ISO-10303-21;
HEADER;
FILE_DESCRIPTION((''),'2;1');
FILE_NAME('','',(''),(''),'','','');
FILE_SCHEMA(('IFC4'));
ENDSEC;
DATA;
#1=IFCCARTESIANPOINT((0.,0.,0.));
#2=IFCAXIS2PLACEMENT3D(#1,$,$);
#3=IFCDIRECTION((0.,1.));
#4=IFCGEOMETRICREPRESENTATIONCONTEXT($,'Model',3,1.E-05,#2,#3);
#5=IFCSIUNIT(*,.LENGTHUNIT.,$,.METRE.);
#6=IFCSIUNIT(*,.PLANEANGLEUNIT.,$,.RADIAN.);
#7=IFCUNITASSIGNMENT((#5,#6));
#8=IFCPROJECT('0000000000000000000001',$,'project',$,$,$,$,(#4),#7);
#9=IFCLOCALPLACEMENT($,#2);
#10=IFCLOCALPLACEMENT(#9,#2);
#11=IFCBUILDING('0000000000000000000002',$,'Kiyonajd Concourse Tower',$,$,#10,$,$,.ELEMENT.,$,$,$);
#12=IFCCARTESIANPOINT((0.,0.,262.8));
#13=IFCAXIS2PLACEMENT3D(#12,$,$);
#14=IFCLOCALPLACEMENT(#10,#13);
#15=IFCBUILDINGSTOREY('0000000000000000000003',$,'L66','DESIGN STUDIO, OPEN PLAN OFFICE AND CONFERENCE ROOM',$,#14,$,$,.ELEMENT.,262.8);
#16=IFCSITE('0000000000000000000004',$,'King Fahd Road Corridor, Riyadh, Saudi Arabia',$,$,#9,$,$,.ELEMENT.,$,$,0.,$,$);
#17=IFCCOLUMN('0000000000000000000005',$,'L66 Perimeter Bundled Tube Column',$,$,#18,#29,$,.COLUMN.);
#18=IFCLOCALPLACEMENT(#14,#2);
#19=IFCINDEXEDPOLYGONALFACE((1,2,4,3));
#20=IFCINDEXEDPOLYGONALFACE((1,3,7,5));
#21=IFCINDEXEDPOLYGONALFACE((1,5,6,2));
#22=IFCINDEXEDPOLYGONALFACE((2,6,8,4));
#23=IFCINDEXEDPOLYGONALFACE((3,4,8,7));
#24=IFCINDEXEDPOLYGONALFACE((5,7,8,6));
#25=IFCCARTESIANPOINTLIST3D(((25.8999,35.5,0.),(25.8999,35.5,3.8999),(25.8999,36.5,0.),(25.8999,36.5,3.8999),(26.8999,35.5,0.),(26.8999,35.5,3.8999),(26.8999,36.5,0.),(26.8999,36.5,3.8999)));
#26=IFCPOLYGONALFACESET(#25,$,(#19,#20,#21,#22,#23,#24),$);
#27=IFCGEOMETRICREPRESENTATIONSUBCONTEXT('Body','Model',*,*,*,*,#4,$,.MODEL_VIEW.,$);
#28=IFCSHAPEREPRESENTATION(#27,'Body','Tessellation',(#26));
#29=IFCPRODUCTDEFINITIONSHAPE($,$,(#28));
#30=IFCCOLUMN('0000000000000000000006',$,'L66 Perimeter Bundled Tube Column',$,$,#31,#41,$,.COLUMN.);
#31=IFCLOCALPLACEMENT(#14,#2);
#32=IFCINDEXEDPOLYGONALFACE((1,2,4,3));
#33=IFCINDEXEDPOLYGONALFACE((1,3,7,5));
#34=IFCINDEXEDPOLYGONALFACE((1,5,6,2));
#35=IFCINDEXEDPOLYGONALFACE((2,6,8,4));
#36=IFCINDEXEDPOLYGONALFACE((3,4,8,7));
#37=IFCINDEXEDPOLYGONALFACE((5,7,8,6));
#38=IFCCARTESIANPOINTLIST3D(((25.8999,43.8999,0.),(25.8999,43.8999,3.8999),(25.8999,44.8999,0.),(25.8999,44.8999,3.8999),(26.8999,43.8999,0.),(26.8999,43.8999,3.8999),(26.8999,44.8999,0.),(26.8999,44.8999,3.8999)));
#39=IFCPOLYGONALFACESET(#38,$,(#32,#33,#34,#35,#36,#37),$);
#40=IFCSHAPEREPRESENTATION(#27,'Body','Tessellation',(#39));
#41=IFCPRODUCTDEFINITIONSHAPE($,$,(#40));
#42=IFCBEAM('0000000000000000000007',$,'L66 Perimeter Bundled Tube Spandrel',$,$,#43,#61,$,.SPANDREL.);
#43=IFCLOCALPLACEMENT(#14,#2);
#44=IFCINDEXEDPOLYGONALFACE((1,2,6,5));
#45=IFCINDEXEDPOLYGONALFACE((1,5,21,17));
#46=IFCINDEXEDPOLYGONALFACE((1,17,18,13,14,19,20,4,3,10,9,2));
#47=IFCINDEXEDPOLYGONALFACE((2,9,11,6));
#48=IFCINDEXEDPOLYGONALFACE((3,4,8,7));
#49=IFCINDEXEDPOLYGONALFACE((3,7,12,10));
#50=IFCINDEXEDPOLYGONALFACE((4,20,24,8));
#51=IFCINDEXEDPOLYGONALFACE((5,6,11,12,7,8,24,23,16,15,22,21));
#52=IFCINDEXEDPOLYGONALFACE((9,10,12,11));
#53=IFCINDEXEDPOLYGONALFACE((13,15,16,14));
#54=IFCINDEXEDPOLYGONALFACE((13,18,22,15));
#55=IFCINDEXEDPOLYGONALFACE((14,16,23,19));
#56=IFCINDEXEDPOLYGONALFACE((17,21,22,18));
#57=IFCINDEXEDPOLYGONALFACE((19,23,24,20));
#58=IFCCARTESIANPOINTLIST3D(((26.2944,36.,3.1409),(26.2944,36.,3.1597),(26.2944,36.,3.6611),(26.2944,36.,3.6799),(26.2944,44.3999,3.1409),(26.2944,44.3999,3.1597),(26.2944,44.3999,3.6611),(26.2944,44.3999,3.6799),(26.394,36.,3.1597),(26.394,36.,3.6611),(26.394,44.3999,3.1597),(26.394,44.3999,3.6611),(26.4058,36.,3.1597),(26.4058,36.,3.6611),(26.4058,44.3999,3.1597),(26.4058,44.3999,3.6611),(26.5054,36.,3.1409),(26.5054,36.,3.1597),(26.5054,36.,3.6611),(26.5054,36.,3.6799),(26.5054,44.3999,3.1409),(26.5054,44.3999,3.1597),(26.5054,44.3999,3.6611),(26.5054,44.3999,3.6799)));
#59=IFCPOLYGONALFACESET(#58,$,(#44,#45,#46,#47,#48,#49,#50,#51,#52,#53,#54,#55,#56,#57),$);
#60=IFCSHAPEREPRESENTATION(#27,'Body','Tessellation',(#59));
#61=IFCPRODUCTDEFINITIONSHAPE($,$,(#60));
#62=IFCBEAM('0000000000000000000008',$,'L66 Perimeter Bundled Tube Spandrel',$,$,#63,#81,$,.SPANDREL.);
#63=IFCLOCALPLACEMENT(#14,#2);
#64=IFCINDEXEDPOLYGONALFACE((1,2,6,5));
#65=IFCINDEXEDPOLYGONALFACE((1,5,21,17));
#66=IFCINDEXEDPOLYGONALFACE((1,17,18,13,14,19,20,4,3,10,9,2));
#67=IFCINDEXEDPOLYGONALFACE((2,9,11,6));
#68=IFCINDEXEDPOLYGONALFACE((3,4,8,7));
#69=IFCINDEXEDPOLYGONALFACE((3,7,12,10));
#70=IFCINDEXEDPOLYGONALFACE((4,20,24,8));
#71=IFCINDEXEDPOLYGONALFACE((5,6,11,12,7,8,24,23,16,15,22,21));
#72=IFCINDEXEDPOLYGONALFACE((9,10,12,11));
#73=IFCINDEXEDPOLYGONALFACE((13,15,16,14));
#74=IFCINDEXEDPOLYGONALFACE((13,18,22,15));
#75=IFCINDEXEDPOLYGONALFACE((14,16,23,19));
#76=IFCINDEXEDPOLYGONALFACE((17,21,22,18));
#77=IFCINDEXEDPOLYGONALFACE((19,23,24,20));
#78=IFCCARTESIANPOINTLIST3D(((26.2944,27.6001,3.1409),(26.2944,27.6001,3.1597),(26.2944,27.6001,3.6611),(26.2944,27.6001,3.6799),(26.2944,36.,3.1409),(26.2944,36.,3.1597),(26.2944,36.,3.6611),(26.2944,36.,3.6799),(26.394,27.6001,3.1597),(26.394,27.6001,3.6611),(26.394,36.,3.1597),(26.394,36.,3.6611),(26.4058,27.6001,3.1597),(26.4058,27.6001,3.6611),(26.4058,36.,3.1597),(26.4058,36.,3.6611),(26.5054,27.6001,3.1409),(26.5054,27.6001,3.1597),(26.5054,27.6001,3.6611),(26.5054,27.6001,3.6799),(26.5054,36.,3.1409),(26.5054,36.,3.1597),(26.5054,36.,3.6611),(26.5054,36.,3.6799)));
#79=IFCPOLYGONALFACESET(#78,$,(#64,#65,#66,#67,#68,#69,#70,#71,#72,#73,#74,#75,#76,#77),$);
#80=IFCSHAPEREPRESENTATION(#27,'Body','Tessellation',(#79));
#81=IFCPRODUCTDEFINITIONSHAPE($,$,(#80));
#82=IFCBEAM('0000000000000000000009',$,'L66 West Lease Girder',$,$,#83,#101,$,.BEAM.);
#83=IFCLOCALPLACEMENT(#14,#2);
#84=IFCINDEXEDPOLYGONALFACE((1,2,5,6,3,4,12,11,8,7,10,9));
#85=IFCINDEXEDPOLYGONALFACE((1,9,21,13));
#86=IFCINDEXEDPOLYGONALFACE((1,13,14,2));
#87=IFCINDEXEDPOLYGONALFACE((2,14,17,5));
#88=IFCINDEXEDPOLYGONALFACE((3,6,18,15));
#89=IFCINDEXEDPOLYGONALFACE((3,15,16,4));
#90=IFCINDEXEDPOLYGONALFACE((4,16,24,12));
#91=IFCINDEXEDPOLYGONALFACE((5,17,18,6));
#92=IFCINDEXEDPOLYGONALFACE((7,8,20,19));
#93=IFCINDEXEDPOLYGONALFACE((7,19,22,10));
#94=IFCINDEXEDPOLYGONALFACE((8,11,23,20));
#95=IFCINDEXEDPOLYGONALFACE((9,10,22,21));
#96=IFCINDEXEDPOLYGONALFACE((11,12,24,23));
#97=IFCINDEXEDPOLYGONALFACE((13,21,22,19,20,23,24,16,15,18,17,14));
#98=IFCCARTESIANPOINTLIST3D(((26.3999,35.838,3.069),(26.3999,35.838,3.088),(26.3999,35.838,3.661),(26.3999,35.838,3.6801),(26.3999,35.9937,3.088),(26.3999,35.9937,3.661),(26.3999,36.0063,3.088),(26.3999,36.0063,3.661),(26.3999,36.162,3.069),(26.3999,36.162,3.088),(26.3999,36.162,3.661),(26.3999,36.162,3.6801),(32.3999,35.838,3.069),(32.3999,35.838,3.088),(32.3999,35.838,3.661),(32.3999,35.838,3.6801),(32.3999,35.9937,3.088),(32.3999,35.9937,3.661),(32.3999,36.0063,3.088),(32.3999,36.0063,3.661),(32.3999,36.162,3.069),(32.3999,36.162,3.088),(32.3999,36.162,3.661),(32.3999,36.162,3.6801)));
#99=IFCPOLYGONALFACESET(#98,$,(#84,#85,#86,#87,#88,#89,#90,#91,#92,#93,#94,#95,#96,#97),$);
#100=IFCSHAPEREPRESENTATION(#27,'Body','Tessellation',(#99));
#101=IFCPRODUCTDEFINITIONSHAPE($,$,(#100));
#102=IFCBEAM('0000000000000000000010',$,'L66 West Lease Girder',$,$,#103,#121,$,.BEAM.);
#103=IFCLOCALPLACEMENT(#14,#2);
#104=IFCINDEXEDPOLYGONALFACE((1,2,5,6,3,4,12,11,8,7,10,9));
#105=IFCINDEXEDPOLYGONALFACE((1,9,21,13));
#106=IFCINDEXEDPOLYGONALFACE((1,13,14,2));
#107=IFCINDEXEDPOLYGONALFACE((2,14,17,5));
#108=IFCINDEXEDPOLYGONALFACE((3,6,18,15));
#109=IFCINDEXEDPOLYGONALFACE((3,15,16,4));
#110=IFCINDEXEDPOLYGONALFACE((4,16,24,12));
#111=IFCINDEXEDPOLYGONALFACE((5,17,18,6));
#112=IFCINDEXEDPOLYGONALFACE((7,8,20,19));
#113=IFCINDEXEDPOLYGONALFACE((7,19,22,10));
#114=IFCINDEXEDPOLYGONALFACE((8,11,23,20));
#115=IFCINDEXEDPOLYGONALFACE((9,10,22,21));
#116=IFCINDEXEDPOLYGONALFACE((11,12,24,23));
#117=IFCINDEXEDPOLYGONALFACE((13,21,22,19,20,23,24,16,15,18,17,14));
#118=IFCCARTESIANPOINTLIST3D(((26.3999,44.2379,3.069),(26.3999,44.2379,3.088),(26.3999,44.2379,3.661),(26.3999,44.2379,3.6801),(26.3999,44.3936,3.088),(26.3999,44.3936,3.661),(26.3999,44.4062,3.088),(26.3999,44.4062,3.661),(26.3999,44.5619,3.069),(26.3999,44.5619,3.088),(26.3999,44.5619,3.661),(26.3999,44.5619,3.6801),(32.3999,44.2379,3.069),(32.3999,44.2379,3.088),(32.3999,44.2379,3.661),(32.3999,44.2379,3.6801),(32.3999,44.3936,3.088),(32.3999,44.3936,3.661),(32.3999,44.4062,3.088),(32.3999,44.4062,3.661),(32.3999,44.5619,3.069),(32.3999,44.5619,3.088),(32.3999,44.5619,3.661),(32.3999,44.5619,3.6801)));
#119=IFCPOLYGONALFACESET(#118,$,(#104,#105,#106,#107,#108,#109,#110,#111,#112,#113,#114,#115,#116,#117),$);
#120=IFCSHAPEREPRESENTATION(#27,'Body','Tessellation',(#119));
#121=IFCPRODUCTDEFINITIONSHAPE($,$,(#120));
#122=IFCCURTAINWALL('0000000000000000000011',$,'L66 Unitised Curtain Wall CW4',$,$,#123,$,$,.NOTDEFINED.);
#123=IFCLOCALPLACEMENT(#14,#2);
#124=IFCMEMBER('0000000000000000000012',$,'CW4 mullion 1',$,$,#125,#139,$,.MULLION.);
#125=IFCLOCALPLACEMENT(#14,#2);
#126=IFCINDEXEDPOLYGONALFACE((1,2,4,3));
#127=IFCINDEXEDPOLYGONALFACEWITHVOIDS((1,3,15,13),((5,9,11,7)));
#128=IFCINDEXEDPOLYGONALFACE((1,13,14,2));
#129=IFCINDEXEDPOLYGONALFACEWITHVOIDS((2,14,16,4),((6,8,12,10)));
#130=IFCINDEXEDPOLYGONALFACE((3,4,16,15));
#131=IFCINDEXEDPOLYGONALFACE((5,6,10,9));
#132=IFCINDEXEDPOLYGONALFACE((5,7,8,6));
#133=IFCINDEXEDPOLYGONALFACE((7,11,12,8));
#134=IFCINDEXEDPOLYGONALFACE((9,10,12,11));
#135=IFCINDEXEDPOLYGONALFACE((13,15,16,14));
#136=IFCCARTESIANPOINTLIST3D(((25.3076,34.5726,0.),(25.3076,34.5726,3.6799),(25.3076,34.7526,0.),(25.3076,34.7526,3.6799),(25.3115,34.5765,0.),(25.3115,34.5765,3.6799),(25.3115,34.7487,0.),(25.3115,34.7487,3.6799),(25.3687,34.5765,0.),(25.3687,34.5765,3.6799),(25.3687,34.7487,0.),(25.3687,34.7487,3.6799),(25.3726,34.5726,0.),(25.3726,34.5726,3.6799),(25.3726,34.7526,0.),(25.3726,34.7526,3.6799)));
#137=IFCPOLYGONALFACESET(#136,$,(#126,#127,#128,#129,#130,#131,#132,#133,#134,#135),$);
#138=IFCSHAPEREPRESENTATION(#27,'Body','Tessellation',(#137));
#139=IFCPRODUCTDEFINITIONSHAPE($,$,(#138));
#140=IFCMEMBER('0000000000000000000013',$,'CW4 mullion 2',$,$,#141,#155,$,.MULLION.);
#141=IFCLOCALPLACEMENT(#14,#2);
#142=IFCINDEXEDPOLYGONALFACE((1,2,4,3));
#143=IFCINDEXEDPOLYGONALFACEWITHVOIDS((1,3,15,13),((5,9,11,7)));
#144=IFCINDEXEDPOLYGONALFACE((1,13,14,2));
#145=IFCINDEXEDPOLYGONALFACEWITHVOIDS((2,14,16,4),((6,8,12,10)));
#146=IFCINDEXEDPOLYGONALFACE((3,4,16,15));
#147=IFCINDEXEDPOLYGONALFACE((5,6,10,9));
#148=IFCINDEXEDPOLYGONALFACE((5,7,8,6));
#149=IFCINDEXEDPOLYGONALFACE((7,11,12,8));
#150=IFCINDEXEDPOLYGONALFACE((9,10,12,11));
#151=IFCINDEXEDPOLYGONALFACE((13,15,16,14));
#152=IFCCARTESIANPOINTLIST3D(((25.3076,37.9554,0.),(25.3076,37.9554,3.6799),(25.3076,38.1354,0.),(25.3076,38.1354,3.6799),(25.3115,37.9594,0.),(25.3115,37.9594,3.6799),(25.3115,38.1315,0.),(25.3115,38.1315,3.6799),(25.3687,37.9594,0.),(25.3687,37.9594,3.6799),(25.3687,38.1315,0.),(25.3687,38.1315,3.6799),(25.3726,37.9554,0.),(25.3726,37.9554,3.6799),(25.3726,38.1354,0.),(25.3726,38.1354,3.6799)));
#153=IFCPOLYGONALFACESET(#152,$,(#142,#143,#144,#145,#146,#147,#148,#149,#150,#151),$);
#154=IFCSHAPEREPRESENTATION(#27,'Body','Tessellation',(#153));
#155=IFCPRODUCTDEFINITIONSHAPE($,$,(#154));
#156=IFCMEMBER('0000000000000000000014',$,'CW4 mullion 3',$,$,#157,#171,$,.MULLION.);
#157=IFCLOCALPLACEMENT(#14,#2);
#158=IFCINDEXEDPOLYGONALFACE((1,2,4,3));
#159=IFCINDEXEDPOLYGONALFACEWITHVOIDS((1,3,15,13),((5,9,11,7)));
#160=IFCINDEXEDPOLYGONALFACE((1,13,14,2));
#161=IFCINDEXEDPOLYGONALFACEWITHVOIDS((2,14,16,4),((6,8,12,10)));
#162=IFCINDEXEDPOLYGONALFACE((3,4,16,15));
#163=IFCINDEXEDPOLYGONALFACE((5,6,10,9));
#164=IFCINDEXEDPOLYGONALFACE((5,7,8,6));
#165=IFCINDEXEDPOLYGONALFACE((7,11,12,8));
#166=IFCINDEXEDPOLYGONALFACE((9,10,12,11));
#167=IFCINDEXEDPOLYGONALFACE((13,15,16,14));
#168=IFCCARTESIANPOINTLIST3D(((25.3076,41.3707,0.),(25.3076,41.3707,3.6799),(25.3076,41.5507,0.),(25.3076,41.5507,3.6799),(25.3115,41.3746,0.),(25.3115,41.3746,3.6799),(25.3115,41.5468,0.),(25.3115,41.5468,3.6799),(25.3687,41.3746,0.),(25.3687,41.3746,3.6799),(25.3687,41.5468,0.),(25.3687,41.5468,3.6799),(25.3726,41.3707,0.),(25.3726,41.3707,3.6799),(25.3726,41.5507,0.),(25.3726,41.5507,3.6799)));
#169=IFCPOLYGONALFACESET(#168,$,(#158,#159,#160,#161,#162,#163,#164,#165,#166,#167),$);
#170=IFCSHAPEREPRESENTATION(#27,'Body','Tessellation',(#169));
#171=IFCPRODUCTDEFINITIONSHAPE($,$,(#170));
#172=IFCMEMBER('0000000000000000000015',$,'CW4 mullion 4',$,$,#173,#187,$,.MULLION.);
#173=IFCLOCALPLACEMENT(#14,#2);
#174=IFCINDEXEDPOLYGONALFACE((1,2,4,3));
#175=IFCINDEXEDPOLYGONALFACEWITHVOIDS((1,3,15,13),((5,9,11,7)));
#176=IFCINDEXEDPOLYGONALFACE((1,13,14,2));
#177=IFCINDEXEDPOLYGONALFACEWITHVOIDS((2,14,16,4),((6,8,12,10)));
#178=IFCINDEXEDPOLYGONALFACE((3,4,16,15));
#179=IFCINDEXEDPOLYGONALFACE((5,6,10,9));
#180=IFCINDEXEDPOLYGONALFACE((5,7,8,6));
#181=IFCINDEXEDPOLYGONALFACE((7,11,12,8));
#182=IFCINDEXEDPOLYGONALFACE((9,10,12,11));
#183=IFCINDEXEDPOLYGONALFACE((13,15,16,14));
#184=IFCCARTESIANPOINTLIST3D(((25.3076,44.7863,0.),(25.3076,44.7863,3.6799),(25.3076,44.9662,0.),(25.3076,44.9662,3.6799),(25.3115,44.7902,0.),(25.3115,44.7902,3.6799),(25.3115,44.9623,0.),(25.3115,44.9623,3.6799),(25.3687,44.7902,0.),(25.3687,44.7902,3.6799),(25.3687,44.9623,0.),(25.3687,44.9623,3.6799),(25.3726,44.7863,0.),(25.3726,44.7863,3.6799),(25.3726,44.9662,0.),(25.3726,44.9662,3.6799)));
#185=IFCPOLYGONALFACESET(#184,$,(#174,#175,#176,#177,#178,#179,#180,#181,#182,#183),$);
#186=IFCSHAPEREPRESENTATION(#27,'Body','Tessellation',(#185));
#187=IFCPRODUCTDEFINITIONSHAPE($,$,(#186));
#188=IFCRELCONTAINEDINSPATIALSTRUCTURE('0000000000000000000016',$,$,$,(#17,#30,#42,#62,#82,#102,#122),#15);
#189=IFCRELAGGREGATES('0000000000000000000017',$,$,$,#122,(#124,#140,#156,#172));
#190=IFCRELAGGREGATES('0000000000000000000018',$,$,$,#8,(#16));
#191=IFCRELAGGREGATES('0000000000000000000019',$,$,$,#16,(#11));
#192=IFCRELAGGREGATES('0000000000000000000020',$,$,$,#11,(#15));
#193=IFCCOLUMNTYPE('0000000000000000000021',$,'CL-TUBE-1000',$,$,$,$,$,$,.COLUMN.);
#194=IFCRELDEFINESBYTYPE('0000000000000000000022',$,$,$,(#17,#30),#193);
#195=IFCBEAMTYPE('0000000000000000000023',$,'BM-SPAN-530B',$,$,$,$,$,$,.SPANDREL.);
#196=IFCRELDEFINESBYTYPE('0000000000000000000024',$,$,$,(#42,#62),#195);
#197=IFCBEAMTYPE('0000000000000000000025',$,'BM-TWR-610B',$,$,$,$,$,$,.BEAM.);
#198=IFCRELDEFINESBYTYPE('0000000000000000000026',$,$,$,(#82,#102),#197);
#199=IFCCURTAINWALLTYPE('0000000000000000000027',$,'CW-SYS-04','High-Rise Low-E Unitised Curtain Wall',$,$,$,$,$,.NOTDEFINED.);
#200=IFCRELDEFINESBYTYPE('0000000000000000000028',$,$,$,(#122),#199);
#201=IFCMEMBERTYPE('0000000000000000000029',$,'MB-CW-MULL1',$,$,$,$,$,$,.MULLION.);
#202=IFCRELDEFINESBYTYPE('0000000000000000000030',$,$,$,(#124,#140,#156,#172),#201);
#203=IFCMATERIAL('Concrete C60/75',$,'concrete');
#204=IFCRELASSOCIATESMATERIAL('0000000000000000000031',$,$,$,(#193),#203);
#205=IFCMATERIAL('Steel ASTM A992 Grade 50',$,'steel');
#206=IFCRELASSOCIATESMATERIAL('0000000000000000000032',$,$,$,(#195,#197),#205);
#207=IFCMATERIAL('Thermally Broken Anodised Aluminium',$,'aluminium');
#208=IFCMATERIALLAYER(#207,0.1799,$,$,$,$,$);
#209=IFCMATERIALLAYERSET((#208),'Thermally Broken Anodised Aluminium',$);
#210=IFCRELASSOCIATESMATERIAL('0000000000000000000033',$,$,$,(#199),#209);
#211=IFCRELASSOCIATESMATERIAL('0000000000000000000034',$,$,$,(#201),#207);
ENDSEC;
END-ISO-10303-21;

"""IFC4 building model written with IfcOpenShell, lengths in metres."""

from ifc_helpers import new_model, si_unit, direction, frame, origin, origin_2d, place, context, subcontext, project, spatial, rectangle, hollow_rectangle, i_section, extrude, material, layer, layer_set, material_profile, profile_set, type_object, element, aggregate, save


model = new_model("IFC4")

# Units and contexts
model_context = context("Model", 3, precision=1e-05, world=origin(), true_north=direction((0.0, 1.0)))
body_context = subcontext(model_context, "Body", "Model", "MODEL_VIEW")
ifc_project = project(units=[si_unit("LENGTHUNIT", "METRE"), si_unit("PLANEANGLEUNIT", "RADIAN")], contexts=[model_context])

# Site, building, storey
site_placement = place(None, origin())
site = spatial("IfcSite", under=ifc_project, at=site_placement, Name="King Fahd Road Corridor, Riyadh, Saudi Arabia", CompositionType="ELEMENT", RefElevation=0.0)
building_placement = place(site_placement, origin())
building = spatial("IfcBuilding", under=site, at=building_placement, Name="Kiyonajd Concourse Tower", CompositionType="ELEMENT")
storey_placement = place(building_placement, frame((0.0, 0.0, 262.8)))
storey = spatial("IfcBuildingStorey", under=building, at=storey_placement, Name="L66", Description="DESIGN STUDIO, OPEN PLAN OFFICE AND CONFERENCE ROOM", CompositionType="ELEMENT", Elevation=262.8)

# Columns
ifc_material_1 = material(Name="Concrete C60/75", Category="concrete")
ifc_material_profile_1 = material_profile(ifc_material_1, rectangle(XDim=1.0, YDim=1.0, at=origin_2d()), Name="RC-1000x1000")
ifc_profile_set_1 = profile_set([ifc_material_profile_1], Name="Concrete C60/75")
column_type = type_object("IfcColumnType", Name="CL-TUBE-1000", PredefinedType="COLUMN", material=ifc_profile_set_1)
for number, where, z_axis, x_axis, name in (
    (1, (26.3999, 36.0, 0.0), (0.0, 0.0, 1.0), (1.0, 0.0, 0.0), "L66 Perimeter Bundled Tube Column"),
    (2, (26.3999, 44.3999, 0.0), (0.0, 0.0, 1.0), (1.0, 0.0, 0.0), "L66 Perimeter Bundled Tube Column"),
):
    element("IfcColumn", number, at=place(storey_placement, frame(where, z_axis=z_axis, x_axis=x_axis)), inside=storey, type_object=column_type, Name=name, PredefinedType="COLUMN", context=body_context, shape_type="SweptSolid", body=[
        extrude(rectangle(XDim=1.0, YDim=1.0, at=origin_2d()), origin(), (0.0, 0.0, 1.0), 3.8999),
    ])

# Beams
ifc_material_2 = material(Name="Steel ASTM A992 Grade 50", Category="steel")
ifc_material_profile_2 = material_profile(ifc_material_2, i_section(OverallWidth=0.2109, OverallDepth=0.5391, WebThickness=0.0117, FlangeThickness=0.0188, at=origin_2d()), Name="W530X109")
ifc_profile_set_2 = profile_set([ifc_material_profile_2], Name="Steel ASTM A992 Grade 50")
beam_type_1 = type_object("IfcBeamType", Name="BM-SPAN-530B", PredefinedType="SPANDREL", material=ifc_profile_set_2)
for number, where, z_axis, x_axis, name in (
    (3, (26.3999, 44.3999, 3.4104), (0.0, -1.0, 0.0), (1.0, 0.0, 0.0), "L66 Perimeter Bundled Tube Spandrel"),
    (4, (26.3999, 36.0, 3.4104), (0.0, -1.0, 0.0), (1.0, 0.0, 0.0), "L66 Perimeter Bundled Tube Spandrel"),
):
    element("IfcBeam", number, at=place(storey_placement, frame(where, z_axis=z_axis, x_axis=x_axis)), inside=storey, type_object=beam_type_1, Name=name, PredefinedType="SPANDREL", context=body_context, shape_type="SweptSolid", body=[
        extrude(i_section(OverallWidth=0.2109, OverallDepth=0.5391, WebThickness=0.0117, FlangeThickness=0.0188, at=origin_2d()), origin(), (0.0, 0.0, 1.0), 8.3999),
    ])
ifc_material_profile_3 = material_profile(ifc_material_2, i_section(OverallWidth=0.324, OverallDepth=0.6111, WebThickness=0.0127, FlangeThickness=0.019, at=origin_2d()), Name="W610X155")
ifc_profile_set_3 = profile_set([ifc_material_profile_3], Name="Steel ASTM A992 Grade 50")
beam_type_2 = type_object("IfcBeamType", Name="BM-TWR-610B", PredefinedType="BEAM", material=ifc_profile_set_3)
for number, where, z_axis, x_axis, name in (
    (5, (26.3999, 36.0, 3.3745), (1.0, 0.0, 0.0), (0.0, 1.0, 0.0), "L66 West Lease Girder"),
    (6, (26.3999, 44.3999, 3.3745), (1.0, 0.0, 0.0), (0.0, 1.0, 0.0), "L66 West Lease Girder"),
):
    element("IfcBeam", number, at=place(storey_placement, frame(where, z_axis=z_axis, x_axis=x_axis)), inside=storey, type_object=beam_type_2, Name=name, PredefinedType="BEAM", context=body_context, shape_type="SweptSolid", body=[
        extrude(i_section(OverallWidth=0.324, OverallDepth=0.6111, WebThickness=0.0127, FlangeThickness=0.019, at=origin_2d()), origin(), (0.0, 0.0, 1.0), 6.0),
    ])

# Curtain wall, members
ifc_material_3 = material(Name="Thermally Broken Anodised Aluminium", Category="aluminium")
ifc_layer_1 = layer(ifc_material_3, 0.1799)
ifc_layer_set_1 = layer_set([ifc_layer_1], Name="Thermally Broken Anodised Aluminium")
curtain_wall_type = type_object("IfcCurtainWallType", Name="CW-SYS-04", Description="High-Rise Low-E Unitised Curtain Wall", PredefinedType="NOTDEFINED", material=ifc_layer_set_1)
curtain_wall_placement = place(storey_placement, origin())
curtain_wall = element("IfcCurtainWall", 7, at=curtain_wall_placement, inside=storey, type_object=curtain_wall_type, Name="L66 Unitised Curtain Wall CW4", PredefinedType="NOTDEFINED")
ifc_material_profile_4 = material_profile(ifc_material_3, hollow_rectangle(XDim=0.0649, YDim=0.1799, WallThickness=0.0039, at=origin_2d()), Name="MULL-65x180")
ifc_profile_set_4 = profile_set([ifc_material_profile_4], Name="Thermally Broken Anodised Aluminium")
member_type_1 = type_object("IfcMemberType", Name="MB-CW-MULL1", PredefinedType="MULLION", material=ifc_profile_set_4)
member_1_placement = place(storey_placement, frame((25.3401, 34.6626, 0.0), z_axis=(0.0, 0.0, 1.0), x_axis=(-1.0, 0.0, 0.0)))
member_1 = element("IfcMember", 8, at=member_1_placement, type_object=member_type_1, Name="CW4 mullion 1", PredefinedType="MULLION", context=body_context, shape_type="SweptSolid", body=[
    extrude(hollow_rectangle(XDim=0.0649, YDim=0.1799, WallThickness=0.0039, at=origin_2d()), origin(), (0.0, 0.0, 1.0), 3.6799),
])
member_2_placement = place(storey_placement, frame((25.3401, 38.0454, 0.0), z_axis=(0.0, 0.0, 1.0), x_axis=(-1.0, 0.0, 0.0)))
member_2 = element("IfcMember", 9, at=member_2_placement, type_object=member_type_1, Name="CW4 mullion 2", PredefinedType="MULLION", context=body_context, shape_type="SweptSolid", body=[
    extrude(hollow_rectangle(XDim=0.0649, YDim=0.1799, WallThickness=0.0039, at=origin_2d()), origin(), (0.0, 0.0, 1.0), 3.6799),
])
member_3_placement = place(storey_placement, frame((25.3401, 41.4607, 0.0), z_axis=(0.0, 0.0, 1.0), x_axis=(-1.0, 0.0, 0.0)))
member_3 = element("IfcMember", 10, at=member_3_placement, type_object=member_type_1, Name="CW4 mullion 3", PredefinedType="MULLION", context=body_context, shape_type="SweptSolid", body=[
    extrude(hollow_rectangle(XDim=0.0649, YDim=0.1799, WallThickness=0.0039, at=origin_2d()), origin(), (0.0, 0.0, 1.0), 3.6799),
])
member_4_placement = place(storey_placement, frame((25.3401, 44.8762, 0.0), z_axis=(0.0, 0.0, 1.0), x_axis=(-1.0, 0.0, 0.0)))
member_4 = element("IfcMember", 11, at=member_4_placement, type_object=member_type_1, Name="CW4 mullion 4", PredefinedType="MULLION", context=body_context, shape_type="SweptSolid", body=[
    extrude(hollow_rectangle(XDim=0.0649, YDim=0.1799, WallThickness=0.0039, at=origin_2d()), origin(), (0.0, 0.0, 1.0), 3.6799),
])

aggregate(curtain_wall, [member_1, member_2, member_3, member_4])

save(model, "model.ifc")
